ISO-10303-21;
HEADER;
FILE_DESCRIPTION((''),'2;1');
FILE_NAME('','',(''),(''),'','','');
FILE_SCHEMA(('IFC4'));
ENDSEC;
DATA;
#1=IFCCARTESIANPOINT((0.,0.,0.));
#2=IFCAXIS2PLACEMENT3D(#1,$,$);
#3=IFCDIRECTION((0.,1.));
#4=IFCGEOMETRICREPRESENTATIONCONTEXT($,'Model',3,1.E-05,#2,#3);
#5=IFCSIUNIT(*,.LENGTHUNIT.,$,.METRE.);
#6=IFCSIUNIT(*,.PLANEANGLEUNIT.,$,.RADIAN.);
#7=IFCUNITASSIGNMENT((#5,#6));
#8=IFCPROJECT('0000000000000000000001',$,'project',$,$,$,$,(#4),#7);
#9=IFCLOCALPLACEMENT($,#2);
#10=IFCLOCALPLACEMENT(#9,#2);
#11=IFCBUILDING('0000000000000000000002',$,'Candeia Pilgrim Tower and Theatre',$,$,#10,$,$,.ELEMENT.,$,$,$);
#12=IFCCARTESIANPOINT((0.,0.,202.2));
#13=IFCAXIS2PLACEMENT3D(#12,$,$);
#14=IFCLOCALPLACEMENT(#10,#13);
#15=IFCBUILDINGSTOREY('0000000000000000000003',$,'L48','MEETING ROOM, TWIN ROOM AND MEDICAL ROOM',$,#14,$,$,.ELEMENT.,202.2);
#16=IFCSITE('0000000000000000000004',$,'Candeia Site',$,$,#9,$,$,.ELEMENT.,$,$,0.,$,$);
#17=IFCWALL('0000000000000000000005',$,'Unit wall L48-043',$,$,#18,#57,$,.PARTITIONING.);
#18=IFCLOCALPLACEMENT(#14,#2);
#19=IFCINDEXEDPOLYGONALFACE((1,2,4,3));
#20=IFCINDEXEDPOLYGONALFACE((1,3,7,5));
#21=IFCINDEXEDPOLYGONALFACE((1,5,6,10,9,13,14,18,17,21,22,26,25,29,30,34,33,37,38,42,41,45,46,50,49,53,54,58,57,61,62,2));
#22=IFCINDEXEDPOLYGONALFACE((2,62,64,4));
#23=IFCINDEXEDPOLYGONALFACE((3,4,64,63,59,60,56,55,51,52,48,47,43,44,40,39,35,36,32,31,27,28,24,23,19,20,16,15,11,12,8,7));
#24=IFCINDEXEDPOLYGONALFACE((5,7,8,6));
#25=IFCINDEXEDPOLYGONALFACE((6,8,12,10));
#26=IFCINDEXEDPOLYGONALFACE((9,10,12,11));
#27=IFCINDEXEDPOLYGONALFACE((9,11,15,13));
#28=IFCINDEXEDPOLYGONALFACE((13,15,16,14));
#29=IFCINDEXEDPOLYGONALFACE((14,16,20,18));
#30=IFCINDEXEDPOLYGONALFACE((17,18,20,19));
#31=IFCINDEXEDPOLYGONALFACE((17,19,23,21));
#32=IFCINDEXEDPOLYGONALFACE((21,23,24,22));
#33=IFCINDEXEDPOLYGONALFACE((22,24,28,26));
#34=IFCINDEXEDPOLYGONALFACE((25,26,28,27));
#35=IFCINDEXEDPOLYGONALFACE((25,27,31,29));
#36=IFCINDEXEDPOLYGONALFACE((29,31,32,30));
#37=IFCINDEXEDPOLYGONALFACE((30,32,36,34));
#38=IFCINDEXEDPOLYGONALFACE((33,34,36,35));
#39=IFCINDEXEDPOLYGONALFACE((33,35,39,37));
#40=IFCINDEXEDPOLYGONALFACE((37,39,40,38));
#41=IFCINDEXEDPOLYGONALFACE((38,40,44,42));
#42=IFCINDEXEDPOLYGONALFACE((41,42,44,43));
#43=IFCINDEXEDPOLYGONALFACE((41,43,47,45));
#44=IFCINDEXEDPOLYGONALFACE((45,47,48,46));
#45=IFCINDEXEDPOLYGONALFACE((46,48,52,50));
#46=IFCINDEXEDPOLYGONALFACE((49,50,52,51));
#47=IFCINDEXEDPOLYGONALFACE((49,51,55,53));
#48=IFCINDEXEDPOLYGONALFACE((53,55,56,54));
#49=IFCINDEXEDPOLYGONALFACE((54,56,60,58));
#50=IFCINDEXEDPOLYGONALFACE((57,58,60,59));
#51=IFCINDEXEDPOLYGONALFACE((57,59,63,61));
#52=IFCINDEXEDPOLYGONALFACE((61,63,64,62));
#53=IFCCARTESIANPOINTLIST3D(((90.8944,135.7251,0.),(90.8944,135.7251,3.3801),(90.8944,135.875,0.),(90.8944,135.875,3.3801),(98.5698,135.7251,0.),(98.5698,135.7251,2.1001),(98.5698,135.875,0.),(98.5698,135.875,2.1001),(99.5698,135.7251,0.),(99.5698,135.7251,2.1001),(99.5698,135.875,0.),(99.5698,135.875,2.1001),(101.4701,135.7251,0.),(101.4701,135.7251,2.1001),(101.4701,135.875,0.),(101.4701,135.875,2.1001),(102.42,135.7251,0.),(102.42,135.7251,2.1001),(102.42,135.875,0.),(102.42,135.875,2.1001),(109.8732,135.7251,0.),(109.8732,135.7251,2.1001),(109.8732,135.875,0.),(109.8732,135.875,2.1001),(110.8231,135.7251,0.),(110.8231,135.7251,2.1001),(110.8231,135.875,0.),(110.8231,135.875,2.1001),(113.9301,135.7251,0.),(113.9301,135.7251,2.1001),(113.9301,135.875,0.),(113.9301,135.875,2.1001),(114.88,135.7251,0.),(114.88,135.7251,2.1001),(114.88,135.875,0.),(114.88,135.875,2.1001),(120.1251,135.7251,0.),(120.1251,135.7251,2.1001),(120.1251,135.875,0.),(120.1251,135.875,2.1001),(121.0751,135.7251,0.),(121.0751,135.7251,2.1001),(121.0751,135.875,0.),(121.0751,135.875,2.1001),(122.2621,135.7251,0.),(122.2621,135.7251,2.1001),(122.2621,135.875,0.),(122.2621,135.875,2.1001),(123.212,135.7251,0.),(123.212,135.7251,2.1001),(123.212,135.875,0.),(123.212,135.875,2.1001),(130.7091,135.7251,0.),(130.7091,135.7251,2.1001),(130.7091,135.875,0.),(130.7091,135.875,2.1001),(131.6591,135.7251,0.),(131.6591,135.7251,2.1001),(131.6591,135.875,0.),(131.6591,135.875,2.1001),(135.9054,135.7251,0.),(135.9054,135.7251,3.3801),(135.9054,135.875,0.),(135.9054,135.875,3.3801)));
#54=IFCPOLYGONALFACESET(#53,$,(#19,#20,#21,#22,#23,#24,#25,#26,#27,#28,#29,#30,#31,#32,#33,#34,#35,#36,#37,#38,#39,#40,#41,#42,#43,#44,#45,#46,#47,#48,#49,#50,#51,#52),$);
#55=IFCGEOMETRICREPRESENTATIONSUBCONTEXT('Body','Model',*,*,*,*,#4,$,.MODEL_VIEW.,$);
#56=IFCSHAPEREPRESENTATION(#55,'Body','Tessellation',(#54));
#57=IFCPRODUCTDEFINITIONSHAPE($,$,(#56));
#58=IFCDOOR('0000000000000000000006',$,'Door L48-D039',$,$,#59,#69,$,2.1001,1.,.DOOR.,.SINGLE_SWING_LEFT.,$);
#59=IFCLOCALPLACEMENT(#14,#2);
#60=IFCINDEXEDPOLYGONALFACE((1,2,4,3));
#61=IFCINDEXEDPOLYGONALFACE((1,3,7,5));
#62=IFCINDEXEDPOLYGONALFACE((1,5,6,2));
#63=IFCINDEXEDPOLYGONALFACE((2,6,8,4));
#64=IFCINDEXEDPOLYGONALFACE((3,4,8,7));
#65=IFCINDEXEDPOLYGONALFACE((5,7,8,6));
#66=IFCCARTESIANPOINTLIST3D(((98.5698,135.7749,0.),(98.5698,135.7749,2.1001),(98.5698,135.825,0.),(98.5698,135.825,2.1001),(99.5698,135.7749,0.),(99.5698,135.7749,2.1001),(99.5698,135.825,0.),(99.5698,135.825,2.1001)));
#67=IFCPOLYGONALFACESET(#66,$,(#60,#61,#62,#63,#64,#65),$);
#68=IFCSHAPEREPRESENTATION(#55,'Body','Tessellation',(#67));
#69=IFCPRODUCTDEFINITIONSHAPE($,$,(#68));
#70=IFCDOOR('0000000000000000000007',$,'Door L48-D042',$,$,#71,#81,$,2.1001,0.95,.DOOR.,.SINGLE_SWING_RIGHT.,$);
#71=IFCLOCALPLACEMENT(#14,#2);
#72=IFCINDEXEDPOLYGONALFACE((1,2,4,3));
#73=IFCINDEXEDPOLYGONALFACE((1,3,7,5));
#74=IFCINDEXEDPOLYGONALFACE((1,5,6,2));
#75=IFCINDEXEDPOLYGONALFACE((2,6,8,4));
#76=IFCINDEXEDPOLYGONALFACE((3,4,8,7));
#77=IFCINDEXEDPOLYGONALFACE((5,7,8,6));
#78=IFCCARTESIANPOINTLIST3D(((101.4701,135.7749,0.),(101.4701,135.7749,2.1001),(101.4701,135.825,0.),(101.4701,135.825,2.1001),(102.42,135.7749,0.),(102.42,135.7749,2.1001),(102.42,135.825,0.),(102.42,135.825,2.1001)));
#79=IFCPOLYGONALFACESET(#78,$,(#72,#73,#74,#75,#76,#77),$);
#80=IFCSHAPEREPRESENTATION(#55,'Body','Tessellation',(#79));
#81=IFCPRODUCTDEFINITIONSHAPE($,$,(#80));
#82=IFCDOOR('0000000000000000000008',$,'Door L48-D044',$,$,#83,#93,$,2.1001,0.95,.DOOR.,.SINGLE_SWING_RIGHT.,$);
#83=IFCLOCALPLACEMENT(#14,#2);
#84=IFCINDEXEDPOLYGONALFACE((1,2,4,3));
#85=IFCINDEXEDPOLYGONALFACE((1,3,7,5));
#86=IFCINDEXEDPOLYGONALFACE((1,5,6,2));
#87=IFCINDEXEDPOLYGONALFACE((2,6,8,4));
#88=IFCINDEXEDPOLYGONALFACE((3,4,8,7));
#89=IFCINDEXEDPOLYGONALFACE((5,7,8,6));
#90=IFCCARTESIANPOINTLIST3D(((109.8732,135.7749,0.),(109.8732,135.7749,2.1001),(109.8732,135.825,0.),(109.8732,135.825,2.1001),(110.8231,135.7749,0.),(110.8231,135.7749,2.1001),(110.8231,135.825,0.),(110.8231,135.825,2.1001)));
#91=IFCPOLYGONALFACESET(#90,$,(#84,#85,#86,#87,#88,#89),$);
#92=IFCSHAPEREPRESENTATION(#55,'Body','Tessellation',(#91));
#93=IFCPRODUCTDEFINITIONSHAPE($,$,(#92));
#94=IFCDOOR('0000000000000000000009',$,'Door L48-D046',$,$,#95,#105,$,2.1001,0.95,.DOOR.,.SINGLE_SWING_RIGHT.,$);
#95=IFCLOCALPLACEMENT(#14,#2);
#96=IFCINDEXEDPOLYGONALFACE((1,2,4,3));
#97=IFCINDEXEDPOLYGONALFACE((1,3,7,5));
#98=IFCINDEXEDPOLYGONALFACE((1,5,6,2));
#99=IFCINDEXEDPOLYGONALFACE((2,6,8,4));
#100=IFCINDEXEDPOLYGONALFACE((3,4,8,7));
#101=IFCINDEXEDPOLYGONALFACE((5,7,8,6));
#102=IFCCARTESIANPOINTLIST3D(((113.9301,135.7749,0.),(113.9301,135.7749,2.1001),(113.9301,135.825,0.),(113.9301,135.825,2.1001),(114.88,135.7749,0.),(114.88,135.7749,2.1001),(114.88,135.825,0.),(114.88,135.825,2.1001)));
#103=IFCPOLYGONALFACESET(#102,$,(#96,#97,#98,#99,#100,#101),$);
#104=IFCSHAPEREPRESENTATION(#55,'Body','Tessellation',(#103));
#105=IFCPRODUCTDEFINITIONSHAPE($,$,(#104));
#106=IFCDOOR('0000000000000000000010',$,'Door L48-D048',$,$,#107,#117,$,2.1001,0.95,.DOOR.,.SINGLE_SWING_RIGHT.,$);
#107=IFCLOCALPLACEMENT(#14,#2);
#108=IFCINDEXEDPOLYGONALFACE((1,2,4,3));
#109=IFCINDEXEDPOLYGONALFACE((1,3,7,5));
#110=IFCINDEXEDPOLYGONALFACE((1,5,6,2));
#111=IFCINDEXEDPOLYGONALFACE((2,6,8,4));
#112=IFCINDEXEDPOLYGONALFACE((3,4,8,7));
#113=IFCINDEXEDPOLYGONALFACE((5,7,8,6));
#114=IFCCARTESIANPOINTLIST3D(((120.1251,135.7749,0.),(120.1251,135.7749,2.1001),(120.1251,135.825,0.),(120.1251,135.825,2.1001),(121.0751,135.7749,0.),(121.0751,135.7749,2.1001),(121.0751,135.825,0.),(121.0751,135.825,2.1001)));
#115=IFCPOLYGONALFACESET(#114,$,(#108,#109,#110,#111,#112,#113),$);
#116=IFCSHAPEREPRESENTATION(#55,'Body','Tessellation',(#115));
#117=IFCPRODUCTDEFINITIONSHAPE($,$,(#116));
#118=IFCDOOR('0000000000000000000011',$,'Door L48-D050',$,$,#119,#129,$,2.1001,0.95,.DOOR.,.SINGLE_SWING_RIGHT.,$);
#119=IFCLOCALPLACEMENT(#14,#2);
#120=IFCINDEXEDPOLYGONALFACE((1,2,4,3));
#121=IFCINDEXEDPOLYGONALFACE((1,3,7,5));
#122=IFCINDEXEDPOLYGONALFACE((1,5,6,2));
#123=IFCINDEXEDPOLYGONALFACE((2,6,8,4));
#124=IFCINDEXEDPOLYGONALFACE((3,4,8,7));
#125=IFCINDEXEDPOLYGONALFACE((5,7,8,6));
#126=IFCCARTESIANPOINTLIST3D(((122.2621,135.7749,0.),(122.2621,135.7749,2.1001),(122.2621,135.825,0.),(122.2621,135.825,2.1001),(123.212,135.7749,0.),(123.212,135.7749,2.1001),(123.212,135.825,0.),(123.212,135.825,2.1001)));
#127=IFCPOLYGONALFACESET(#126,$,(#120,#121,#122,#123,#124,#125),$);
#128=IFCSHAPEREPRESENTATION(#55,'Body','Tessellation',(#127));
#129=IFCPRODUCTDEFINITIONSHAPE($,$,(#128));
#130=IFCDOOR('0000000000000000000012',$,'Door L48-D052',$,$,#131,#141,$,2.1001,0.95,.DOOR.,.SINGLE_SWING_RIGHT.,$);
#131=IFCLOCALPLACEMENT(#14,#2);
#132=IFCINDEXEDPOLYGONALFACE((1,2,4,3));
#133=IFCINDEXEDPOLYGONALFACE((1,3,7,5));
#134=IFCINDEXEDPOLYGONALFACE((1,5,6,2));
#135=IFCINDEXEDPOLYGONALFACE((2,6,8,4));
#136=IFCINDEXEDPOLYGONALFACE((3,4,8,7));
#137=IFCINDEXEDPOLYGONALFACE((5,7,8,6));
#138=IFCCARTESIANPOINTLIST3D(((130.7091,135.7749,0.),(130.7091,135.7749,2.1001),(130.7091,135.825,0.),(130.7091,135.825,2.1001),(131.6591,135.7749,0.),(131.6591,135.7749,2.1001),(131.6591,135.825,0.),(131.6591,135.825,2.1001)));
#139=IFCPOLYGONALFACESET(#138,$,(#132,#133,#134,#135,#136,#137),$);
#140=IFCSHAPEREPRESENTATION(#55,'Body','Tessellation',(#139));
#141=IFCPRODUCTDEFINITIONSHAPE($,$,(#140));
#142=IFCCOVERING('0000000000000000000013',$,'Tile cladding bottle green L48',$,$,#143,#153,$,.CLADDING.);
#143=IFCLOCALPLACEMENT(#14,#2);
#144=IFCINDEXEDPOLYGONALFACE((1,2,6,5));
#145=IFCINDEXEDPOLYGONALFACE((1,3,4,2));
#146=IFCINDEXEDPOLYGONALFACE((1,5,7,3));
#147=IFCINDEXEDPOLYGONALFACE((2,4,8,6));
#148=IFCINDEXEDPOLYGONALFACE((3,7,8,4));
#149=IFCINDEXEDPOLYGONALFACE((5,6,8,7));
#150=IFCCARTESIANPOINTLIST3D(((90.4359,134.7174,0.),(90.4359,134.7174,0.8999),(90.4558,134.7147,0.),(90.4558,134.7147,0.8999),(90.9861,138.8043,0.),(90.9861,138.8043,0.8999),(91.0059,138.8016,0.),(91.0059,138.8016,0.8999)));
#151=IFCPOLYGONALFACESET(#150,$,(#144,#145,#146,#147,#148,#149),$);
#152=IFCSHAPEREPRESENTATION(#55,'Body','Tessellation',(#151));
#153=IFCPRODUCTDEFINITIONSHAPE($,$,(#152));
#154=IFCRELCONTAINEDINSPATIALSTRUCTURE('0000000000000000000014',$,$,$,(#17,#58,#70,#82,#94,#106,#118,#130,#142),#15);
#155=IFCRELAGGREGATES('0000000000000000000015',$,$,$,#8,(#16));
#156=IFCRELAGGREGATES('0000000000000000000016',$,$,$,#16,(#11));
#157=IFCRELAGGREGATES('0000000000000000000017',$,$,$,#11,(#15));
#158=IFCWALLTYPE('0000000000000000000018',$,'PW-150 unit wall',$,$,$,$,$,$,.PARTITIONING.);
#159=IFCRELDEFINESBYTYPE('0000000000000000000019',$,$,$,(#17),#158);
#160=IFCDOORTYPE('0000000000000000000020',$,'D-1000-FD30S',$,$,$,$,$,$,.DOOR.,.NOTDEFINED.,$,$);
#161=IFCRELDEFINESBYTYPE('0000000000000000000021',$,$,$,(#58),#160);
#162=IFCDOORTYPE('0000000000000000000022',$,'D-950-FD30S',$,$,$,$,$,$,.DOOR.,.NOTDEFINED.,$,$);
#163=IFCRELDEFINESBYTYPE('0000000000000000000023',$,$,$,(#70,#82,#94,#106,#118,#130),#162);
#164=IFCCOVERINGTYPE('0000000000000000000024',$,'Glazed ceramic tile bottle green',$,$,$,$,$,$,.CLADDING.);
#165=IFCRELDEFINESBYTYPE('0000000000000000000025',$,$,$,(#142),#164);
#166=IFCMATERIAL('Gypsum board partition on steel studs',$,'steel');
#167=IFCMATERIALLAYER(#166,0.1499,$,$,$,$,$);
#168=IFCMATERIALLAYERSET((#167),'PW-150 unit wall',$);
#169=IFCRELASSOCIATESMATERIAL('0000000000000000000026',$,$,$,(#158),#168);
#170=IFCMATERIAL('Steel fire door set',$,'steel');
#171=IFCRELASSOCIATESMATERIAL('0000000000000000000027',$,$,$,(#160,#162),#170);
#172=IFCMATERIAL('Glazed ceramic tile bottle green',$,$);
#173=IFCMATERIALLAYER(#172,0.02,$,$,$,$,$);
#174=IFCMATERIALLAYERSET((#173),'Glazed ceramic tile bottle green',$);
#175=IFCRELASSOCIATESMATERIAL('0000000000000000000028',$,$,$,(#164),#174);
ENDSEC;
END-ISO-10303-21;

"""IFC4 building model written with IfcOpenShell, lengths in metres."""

from ifc_helpers import new_model, si_unit, direction, frame, frame_2d, origin, origin_2d, place, context, subcontext, project, spatial, rectangle, extrude, material, layer, layer_set, type_object, element, fill, save


model = new_model("IFC4")

# Units and contexts
model_context = context("Model", 3, precision=1e-05, world=origin(), true_north=direction((0.0, 1.0)))
body_context = subcontext(model_context, "Body", "Model", "MODEL_VIEW")
ifc_project = project(units=[si_unit("LENGTHUNIT", "METRE"), si_unit("PLANEANGLEUNIT", "RADIAN")], contexts=[model_context])

# Site, building, storey
site_placement = place(None, origin())
site = spatial("IfcSite", under=ifc_project, at=site_placement, Name="Candeia Site", CompositionType="ELEMENT", RefElevation=0.0)
building_placement = place(site_placement, origin())
building = spatial("IfcBuilding", under=site, at=building_placement, Name="Candeia Pilgrim Tower and Theatre", CompositionType="ELEMENT")
storey_placement = place(building_placement, frame((0.0, 0.0, 202.2)))
storey = spatial("IfcBuildingStorey", under=building, at=storey_placement, Name="L48", Description="MEETING ROOM, TWIN ROOM AND MEDICAL ROOM", CompositionType="ELEMENT", Elevation=202.2)

# Shared definitions
ifc_material_1 = material(Name="Gypsum board partition on steel studs", Category="steel")

# Wall, openings, doors
ifc_layer_1 = layer(ifc_material_1, 0.1499)
ifc_layer_set_1 = layer_set([ifc_layer_1], Name="PW-150 unit wall")
wall_type_1 = type_object("IfcWallType", Name="PW-150 unit wall", PredefinedType="PARTITIONING", material=ifc_layer_set_1)
wall_1_placement = place(storey_placement, frame((90.8945, 135.8, 0.0), z_axis=(0.0, 0.0, 1.0), x_axis=(1.0, 0.0, 0.0)))
wall_1 = element("IfcWall", 1, at=wall_1_placement, inside=storey, type_object=wall_type_1, Name="Unit wall L48-043", PredefinedType="PARTITIONING", context=body_context, shape_type="SweptSolid", body=[
    extrude(rectangle(XDim=45.011, YDim=0.1499, at=frame_2d((22.5054, 0.0))), origin(), (0.0, 0.0, 1.0), 3.3801),
])
opening_1_placement = place(wall_1_placement, frame((7.6753, 0.0, 0.0)))
opening_1 = element("IfcOpeningElement", 2, at=opening_1_placement, cuts=wall_1, PredefinedType="OPENING", context=body_context, shape_type="SweptSolid", body=[
    extrude(rectangle(XDim=1.0, YDim=2.1001, at=frame_2d((0.5, 1.05))), frame((0.0, 0.085, 0.0), z_axis=(0.0, -1.0, 0.0), x_axis=(1.0, 0.0, 0.0)), (0.0, 0.0, 1.0), 0.1699),
])
opening_2_placement = place(wall_1_placement, frame((10.5754, 0.0, 0.0)))
opening_2 = element("IfcOpeningElement", 3, at=opening_2_placement, cuts=wall_1, PredefinedType="OPENING", context=body_context, shape_type="SweptSolid", body=[
    extrude(rectangle(XDim=0.95, YDim=2.1001, at=frame_2d((0.4751, 1.05))), frame((0.0, 0.085, 0.0), z_axis=(0.0, -1.0, 0.0), x_axis=(1.0, 0.0, 0.0)), (0.0, 0.0, 1.0), 0.1699),
])
opening_3_placement = place(wall_1_placement, frame((18.9785, 0.0, 0.0)))
opening_3 = element("IfcOpeningElement", 4, at=opening_3_placement, cuts=wall_1, PredefinedType="OPENING", context=body_context, shape_type="SweptSolid", body=[
    extrude(rectangle(XDim=0.95, YDim=2.1001, at=frame_2d((0.4751, 1.05))), frame((0.0, 0.085, 0.0), z_axis=(0.0, -1.0, 0.0), x_axis=(1.0, 0.0, 0.0)), (0.0, 0.0, 1.0), 0.1699),
])
opening_4_placement = place(wall_1_placement, frame((23.0354, 0.0, 0.0)))
opening_4 = element("IfcOpeningElement", 5, at=opening_4_placement, cuts=wall_1, PredefinedType="OPENING", context=body_context, shape_type="SweptSolid", body=[
    extrude(rectangle(XDim=0.95, YDim=2.1001, at=frame_2d((0.4751, 1.05))), frame((0.0, 0.085, 0.0), z_axis=(0.0, -1.0, 0.0), x_axis=(1.0, 0.0, 0.0)), (0.0, 0.0, 1.0), 0.1699),
])
opening_5_placement = place(wall_1_placement, frame((29.2305, 0.0, 0.0)))
opening_5 = element("IfcOpeningElement", 6, at=opening_5_placement, cuts=wall_1, PredefinedType="OPENING", context=body_context, shape_type="SweptSolid", body=[
    extrude(rectangle(XDim=0.95, YDim=2.1001, at=frame_2d((0.4751, 1.05))), frame((0.0, 0.085, 0.0), z_axis=(0.0, -1.0, 0.0), x_axis=(1.0, 0.0, 0.0)), (0.0, 0.0, 1.0), 0.1699),
])
opening_6_placement = place(wall_1_placement, frame((31.3674, 0.0, 0.0)))
opening_6 = element("IfcOpeningElement", 7, at=opening_6_placement, cuts=wall_1, PredefinedType="OPENING", context=body_context, shape_type="SweptSolid", body=[
    extrude(rectangle(XDim=0.95, YDim=2.1001, at=frame_2d((0.4751, 1.05))), frame((0.0, 0.085, 0.0), z_axis=(0.0, -1.0, 0.0), x_axis=(1.0, 0.0, 0.0)), (0.0, 0.0, 1.0), 0.1699),
])
opening_7_placement = place(wall_1_placement, frame((39.8145, 0.0, 0.0)))
opening_7 = element("IfcOpeningElement", 8, at=opening_7_placement, cuts=wall_1, PredefinedType="OPENING", context=body_context, shape_type="SweptSolid", body=[
    extrude(rectangle(XDim=0.95, YDim=2.1001, at=frame_2d((0.4751, 1.05))), frame((0.0, 0.085, 0.0), z_axis=(0.0, -1.0, 0.0), x_axis=(1.0, 0.0, 0.0)), (0.0, 0.0, 1.0), 0.1699),
])
ifc_material_2 = material(Name="Steel fire door set", Category="steel")
door_type_1 = type_object("IfcDoorType", Name="D-1000-FD30S", OperationType="NOTDEFINED", PredefinedType="DOOR", material=ifc_material_2)
door_1_placement = place(opening_1_placement, origin())
door_1 = element("IfcDoor", 9, at=door_1_placement, inside=storey, type_object=door_type_1, Name="Door L48-D039", OperationType="SINGLE_SWING_LEFT", OverallHeight=2.1001, OverallWidth=1.0, PredefinedType="DOOR", context=body_context, shape_type="SweptSolid", body=[
    extrude(rectangle(XDim=1.0, YDim=2.1001, at=frame_2d((0.5, 1.05))), frame((0.0, 0.0249, 0.0), z_axis=(0.0, -1.0, 0.0), x_axis=(1.0, 0.0, 0.0)), (0.0, 0.0, 1.0), 0.05),
])
fill(opening_1, door_1)
door_type_2 = type_object("IfcDoorType", Name="D-950-FD30S", OperationType="NOTDEFINED", PredefinedType="DOOR", material=ifc_material_2)
door_2_placement = place(opening_2_placement, origin())
door_2 = element("IfcDoor", 10, at=door_2_placement, inside=storey, type_object=door_type_2, Name="Door L48-D042", OperationType="SINGLE_SWING_RIGHT", OverallHeight=2.1001, OverallWidth=0.95, PredefinedType="DOOR", context=body_context, shape_type="SweptSolid", body=[
    extrude(rectangle(XDim=0.95, YDim=2.1001, at=frame_2d((0.4751, 1.05))), frame((0.0, 0.0249, 0.0), z_axis=(0.0, -1.0, 0.0), x_axis=(1.0, 0.0, 0.0)), (0.0, 0.0, 1.0), 0.05),
])
fill(opening_2, door_2)
door_3_placement = place(opening_3_placement, origin())
door_3 = element("IfcDoor", 11, at=door_3_placement, inside=storey, type_object=door_type_2, Name="Door L48-D044", OperationType="SINGLE_SWING_RIGHT", OverallHeight=2.1001, OverallWidth=0.95, PredefinedType="DOOR", context=body_context, shape_type="SweptSolid", body=[
    extrude(rectangle(XDim=0.95, YDim=2.1001, at=frame_2d((0.4751, 1.05))), frame((0.0, 0.0249, 0.0), z_axis=(0.0, -1.0, 0.0), x_axis=(1.0, 0.0, 0.0)), (0.0, 0.0, 1.0), 0.05),
])
fill(opening_3, door_3)
door_4_placement = place(opening_4_placement, origin())
door_4 = element("IfcDoor", 12, at=door_4_placement, inside=storey, type_object=door_type_2, Name="Door L48-D046", OperationType="SINGLE_SWING_RIGHT", OverallHeight=2.1001, OverallWidth=0.95, PredefinedType="DOOR", context=body_context, shape_type="SweptSolid", body=[
    extrude(rectangle(XDim=0.95, YDim=2.1001, at=frame_2d((0.4751, 1.05))), frame((0.0, 0.0249, 0.0), z_axis=(0.0, -1.0, 0.0), x_axis=(1.0, 0.0, 0.0)), (0.0, 0.0, 1.0), 0.05),
])
fill(opening_4, door_4)
door_5_placement = place(opening_5_placement, origin())
door_5 = element("IfcDoor", 13, at=door_5_placement, inside=storey, type_object=door_type_2, Name="Door L48-D048", OperationType="SINGLE_SWING_RIGHT", OverallHeight=2.1001, OverallWidth=0.95, PredefinedType="DOOR", context=body_context, shape_type="SweptSolid", body=[
    extrude(rectangle(XDim=0.95, YDim=2.1001, at=frame_2d((0.4751, 1.05))), frame((0.0, 0.0249, 0.0), z_axis=(0.0, -1.0, 0.0), x_axis=(1.0, 0.0, 0.0)), (0.0, 0.0, 1.0), 0.05),
])
fill(opening_5, door_5)
door_6_placement = place(opening_6_placement, origin())
door_6 = element("IfcDoor", 14, at=door_6_placement, inside=storey, type_object=door_type_2, Name="Door L48-D050", OperationType="SINGLE_SWING_RIGHT", OverallHeight=2.1001, OverallWidth=0.95, PredefinedType="DOOR", context=body_context, shape_type="SweptSolid", body=[
    extrude(rectangle(XDim=0.95, YDim=2.1001, at=frame_2d((0.4751, 1.05))), frame((0.0, 0.0249, 0.0), z_axis=(0.0, -1.0, 0.0), x_axis=(1.0, 0.0, 0.0)), (0.0, 0.0, 1.0), 0.05),
])
fill(opening_6, door_6)
door_7_placement = place(opening_7_placement, origin())
door_7 = element("IfcDoor", 15, at=door_7_placement, inside=storey, type_object=door_type_2, Name="Door L48-D052", OperationType="SINGLE_SWING_RIGHT", OverallHeight=2.1001, OverallWidth=0.95, PredefinedType="DOOR", context=body_context, shape_type="SweptSolid", body=[
    extrude(rectangle(XDim=0.95, YDim=2.1001, at=frame_2d((0.4751, 1.05))), frame((0.0, 0.0249, 0.0), z_axis=(0.0, -1.0, 0.0), x_axis=(1.0, 0.0, 0.0)), (0.0, 0.0, 1.0), 0.05),
])
fill(opening_7, door_7)

# Covering
ifc_material_3 = material(Name="Glazed ceramic tile bottle green")
ifc_layer_2 = layer(ifc_material_3, 0.02)
ifc_layer_set_2 = layer_set([ifc_layer_2], Name="Glazed ceramic tile bottle green")
covering_type = type_object("IfcCoveringType", Name="Glazed ceramic tile bottle green", PredefinedType="CLADDING", material=ifc_layer_set_2)
covering_placement = place(storey_placement, frame((90.7209, 136.7595, 0.0), z_axis=(0.0, 0.0, 1.0), x_axis=(-0.133412, -0.991061, 0.0)))
element("IfcCovering", 16, at=covering_placement, inside=storey, type_object=covering_type, Name="Tile cladding bottle green L48", PredefinedType="CLADDING", context=body_context, shape_type="SweptSolid", body=[
    extrude(rectangle(XDim=4.1238, YDim=0.02, at=origin_2d()), origin(), (0.0, 0.0, 1.0), 0.8999),
])

save(model, "model.ifc")
